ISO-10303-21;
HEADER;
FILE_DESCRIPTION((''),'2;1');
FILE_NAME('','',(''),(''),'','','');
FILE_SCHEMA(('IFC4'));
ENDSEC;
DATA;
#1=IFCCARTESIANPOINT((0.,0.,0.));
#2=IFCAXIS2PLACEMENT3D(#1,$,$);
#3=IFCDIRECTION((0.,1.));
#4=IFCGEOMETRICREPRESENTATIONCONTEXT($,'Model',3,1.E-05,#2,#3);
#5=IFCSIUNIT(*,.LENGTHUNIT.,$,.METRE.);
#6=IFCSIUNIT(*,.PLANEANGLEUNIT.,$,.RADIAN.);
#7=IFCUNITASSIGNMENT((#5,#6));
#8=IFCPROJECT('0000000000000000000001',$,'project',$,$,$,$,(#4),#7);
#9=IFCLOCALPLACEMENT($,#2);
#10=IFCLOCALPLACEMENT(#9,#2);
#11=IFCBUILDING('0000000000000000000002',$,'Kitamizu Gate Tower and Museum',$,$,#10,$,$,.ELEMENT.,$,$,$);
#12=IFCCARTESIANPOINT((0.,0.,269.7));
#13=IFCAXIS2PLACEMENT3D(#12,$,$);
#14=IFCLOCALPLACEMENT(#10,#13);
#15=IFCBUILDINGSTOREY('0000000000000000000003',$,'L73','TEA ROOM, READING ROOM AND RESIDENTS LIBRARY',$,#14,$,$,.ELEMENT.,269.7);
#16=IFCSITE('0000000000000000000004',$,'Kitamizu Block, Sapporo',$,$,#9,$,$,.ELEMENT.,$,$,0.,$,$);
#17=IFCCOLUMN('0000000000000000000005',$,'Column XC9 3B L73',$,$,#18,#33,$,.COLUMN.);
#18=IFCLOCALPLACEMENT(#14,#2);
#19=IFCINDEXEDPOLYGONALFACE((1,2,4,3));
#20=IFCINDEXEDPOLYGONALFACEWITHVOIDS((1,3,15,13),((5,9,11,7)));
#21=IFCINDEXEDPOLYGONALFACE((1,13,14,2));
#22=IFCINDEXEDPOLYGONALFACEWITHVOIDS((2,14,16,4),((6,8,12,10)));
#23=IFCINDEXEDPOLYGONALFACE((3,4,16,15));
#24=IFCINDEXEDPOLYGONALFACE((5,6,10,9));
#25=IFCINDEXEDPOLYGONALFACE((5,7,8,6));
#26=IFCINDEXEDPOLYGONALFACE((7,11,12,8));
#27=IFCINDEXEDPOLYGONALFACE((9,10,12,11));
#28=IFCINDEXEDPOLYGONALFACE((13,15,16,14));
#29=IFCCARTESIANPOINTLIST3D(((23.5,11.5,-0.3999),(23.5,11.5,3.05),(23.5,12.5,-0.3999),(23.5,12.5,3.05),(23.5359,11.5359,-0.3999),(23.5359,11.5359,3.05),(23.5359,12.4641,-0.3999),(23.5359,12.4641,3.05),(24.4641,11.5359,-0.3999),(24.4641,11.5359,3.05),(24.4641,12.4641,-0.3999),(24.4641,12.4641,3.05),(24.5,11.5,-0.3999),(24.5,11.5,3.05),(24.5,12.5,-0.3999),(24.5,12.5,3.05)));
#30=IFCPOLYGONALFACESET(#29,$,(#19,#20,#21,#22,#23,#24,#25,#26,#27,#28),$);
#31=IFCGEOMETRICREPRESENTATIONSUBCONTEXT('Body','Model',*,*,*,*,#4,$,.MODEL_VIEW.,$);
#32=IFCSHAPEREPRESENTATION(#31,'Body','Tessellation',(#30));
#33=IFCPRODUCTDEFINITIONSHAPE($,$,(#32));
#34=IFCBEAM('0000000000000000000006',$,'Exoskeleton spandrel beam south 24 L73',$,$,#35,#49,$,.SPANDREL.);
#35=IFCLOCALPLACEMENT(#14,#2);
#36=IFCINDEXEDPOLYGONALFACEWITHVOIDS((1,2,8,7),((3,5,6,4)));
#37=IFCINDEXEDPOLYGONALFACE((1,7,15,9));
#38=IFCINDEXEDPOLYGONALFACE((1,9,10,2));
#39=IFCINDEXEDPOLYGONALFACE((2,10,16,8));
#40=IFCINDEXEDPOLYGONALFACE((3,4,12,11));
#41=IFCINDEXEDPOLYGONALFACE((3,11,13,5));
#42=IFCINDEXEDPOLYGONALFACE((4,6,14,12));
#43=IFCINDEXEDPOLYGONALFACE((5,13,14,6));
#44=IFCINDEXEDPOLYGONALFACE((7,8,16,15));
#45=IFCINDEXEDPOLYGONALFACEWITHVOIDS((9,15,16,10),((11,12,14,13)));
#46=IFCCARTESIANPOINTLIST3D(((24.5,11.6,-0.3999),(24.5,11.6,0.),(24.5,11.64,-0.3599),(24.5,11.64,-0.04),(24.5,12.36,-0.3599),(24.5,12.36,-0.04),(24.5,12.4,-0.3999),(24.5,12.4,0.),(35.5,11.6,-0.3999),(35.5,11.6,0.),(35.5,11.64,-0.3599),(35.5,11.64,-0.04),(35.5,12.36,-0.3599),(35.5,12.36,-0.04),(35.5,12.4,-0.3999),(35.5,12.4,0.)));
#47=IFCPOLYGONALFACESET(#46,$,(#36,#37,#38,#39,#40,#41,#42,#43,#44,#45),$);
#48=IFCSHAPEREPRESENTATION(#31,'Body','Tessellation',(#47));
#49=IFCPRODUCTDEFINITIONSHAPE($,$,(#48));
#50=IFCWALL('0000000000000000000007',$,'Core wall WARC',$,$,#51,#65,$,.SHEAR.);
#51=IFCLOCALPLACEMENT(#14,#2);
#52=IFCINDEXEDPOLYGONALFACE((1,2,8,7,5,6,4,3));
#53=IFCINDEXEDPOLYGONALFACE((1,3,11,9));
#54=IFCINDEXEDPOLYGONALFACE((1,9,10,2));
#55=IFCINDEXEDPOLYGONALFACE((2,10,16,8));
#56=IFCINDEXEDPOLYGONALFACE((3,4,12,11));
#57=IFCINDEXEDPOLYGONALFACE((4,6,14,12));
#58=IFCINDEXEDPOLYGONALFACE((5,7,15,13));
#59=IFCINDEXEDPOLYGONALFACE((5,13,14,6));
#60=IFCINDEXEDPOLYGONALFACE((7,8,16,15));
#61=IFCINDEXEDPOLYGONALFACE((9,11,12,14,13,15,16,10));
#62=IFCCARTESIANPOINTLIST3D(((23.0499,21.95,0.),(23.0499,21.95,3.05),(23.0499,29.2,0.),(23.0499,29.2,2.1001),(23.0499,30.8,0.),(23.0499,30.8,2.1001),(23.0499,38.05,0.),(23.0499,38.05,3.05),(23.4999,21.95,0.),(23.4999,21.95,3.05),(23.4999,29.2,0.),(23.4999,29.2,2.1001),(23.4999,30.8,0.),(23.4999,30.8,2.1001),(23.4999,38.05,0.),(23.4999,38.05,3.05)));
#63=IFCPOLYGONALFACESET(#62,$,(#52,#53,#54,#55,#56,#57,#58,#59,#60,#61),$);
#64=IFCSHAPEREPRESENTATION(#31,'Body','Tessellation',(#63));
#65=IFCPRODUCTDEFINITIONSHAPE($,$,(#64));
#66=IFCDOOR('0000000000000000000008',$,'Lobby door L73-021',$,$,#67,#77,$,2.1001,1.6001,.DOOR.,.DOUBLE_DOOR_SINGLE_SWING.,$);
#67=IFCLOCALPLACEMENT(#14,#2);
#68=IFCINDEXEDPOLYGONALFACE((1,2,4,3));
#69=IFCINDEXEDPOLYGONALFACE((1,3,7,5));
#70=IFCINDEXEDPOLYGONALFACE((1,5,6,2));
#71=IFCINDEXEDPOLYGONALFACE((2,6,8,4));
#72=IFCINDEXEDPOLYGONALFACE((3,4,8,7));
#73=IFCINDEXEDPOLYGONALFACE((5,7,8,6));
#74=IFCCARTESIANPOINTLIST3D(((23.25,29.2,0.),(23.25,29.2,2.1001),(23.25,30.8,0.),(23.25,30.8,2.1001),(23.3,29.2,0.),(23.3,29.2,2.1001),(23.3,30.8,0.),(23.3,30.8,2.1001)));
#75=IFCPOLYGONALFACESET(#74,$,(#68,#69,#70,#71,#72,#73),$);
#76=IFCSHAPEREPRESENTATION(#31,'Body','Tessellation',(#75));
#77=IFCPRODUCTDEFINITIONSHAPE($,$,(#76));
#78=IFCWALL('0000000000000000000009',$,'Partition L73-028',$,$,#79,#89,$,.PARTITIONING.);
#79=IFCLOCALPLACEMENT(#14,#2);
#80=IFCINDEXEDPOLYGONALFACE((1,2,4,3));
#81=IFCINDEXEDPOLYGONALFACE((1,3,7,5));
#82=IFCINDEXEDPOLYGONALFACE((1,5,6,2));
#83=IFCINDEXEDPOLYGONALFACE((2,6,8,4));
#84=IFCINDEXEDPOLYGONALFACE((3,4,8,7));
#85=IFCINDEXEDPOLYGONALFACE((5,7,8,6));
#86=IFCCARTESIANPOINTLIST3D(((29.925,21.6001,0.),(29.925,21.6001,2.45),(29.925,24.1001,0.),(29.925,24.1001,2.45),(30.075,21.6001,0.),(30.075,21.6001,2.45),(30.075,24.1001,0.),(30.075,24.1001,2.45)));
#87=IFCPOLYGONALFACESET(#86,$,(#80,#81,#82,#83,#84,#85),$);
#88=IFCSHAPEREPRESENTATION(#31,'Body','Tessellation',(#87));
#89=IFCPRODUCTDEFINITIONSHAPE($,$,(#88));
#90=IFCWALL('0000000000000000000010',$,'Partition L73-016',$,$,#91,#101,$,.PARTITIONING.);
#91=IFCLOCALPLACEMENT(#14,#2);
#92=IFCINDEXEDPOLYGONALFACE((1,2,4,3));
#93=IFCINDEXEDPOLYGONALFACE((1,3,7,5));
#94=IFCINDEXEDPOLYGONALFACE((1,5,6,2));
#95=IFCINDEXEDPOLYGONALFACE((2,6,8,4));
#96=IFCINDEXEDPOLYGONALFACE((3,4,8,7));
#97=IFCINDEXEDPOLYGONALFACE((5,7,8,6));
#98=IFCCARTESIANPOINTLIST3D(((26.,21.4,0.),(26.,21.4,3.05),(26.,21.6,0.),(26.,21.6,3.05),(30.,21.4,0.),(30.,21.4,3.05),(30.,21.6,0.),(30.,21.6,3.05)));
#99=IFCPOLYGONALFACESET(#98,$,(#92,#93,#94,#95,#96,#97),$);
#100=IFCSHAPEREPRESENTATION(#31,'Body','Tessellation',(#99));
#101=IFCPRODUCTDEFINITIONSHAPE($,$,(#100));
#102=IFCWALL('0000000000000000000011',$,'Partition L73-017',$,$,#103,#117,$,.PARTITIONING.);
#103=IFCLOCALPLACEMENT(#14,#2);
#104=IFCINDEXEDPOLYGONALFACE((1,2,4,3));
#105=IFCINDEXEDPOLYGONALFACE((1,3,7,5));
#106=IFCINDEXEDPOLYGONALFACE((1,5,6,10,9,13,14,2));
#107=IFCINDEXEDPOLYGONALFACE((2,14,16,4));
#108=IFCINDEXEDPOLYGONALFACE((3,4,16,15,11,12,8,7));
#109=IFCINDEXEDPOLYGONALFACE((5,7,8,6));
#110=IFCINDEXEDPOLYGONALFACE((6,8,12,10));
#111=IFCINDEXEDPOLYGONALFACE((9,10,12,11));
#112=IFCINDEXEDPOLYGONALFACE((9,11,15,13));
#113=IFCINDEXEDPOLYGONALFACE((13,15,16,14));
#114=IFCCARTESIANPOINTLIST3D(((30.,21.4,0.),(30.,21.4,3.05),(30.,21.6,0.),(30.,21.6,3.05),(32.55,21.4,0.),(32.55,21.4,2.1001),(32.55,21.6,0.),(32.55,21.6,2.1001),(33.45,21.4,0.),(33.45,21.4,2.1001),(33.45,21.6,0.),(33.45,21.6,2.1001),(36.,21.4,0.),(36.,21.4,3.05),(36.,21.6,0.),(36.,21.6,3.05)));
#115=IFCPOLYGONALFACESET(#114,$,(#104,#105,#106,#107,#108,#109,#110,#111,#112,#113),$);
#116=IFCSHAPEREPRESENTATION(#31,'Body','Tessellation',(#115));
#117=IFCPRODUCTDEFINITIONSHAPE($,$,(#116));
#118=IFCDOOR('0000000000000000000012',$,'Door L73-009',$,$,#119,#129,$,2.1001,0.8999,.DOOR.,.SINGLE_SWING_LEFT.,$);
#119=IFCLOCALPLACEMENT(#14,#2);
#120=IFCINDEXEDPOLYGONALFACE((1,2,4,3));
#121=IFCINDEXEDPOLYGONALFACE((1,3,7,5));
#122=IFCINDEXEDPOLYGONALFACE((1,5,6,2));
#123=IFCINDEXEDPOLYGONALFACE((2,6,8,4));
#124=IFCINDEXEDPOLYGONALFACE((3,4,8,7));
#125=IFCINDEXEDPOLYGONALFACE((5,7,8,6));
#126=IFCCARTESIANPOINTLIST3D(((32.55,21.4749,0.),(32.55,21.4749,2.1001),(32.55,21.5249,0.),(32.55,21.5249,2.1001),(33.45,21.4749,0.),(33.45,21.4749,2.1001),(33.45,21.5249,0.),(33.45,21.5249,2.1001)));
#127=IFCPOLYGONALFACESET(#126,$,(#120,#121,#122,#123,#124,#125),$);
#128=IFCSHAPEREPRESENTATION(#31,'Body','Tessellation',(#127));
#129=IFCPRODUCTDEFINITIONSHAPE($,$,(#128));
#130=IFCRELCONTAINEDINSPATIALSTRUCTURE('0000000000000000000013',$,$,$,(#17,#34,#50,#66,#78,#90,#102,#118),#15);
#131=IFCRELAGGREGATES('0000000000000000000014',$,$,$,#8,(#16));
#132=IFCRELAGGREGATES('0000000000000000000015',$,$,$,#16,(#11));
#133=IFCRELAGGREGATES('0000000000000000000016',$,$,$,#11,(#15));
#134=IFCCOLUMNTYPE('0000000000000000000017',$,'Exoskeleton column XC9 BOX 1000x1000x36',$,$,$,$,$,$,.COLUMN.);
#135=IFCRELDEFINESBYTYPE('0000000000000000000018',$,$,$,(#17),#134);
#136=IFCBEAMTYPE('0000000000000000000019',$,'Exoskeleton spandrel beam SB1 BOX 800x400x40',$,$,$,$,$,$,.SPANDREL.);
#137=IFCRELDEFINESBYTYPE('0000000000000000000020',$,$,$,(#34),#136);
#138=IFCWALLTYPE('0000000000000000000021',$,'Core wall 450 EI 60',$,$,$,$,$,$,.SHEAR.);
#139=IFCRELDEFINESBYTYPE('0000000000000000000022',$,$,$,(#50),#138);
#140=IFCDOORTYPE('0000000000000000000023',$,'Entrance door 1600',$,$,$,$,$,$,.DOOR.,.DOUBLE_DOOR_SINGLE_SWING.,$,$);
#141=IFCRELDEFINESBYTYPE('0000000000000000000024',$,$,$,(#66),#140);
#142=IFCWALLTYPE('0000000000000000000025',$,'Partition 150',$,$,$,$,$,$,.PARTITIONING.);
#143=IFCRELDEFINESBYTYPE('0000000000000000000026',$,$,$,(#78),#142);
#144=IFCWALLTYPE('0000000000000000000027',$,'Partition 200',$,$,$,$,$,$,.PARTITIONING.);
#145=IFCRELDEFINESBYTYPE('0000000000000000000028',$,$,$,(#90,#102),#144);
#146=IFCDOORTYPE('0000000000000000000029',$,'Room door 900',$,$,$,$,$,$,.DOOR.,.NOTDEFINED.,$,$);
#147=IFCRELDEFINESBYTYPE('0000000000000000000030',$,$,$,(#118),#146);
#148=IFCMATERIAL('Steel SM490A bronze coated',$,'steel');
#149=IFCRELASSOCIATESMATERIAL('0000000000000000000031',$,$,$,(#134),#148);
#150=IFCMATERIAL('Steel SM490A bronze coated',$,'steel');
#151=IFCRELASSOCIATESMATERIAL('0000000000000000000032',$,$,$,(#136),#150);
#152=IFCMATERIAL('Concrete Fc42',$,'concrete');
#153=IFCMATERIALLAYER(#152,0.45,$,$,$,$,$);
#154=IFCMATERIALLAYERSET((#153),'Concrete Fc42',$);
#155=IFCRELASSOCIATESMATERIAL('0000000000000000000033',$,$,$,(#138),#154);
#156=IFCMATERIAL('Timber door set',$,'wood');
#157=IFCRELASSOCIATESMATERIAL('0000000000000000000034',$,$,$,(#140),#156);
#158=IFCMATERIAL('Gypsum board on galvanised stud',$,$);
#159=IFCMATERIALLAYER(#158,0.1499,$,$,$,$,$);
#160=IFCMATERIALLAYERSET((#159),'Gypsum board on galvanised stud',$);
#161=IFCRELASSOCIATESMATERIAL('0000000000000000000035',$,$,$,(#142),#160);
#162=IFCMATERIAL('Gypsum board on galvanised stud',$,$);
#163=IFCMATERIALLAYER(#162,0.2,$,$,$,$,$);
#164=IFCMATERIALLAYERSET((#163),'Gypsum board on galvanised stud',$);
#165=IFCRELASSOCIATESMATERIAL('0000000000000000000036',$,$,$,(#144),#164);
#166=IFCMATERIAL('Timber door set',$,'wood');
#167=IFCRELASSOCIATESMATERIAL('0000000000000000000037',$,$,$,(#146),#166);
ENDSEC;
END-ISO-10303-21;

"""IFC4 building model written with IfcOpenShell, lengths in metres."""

from ifc_helpers import new_model, si_unit, direction, frame, frame_2d, origin, origin_2d, place, context, subcontext, project, spatial, rectangle, hollow_rectangle, extrude, material, layer, layer_set, material_profile, profile_set, type_object, element, fill, save


model = new_model("IFC4")

# Units and contexts
model_context = context("Model", 3, precision=1e-05, world=origin(), true_north=direction((0.0, 1.0)))
body_context = subcontext(model_context, "Body", "Model", "MODEL_VIEW")
ifc_project = project(units=[si_unit("LENGTHUNIT", "METRE"), si_unit("PLANEANGLEUNIT", "RADIAN")], contexts=[model_context])

# Site, building, storey
site_placement = place(None, origin())
site = spatial("IfcSite", under=ifc_project, at=site_placement, Name="Kitamizu Block, Sapporo", CompositionType="ELEMENT", RefElevation=0.0)
building_placement = place(site_placement, origin())
building = spatial("IfcBuilding", under=site, at=building_placement, Name="Kitamizu Gate Tower and Museum", CompositionType="ELEMENT")
storey_placement = place(building_placement, frame((0.0, 0.0, 269.7)))
storey = spatial("IfcBuildingStorey", under=building, at=storey_placement, Name="L73", Description="TEA ROOM, READING ROOM AND RESIDENTS LIBRARY", CompositionType="ELEMENT", Elevation=269.7)

# Column
ifc_material_1 = material(Name="Steel SM490A bronze coated", Category="steel")
ifc_material_profile_1 = material_profile(ifc_material_1, hollow_rectangle(XDim=1.0, YDim=1.0, WallThickness=0.0359, at=origin_2d()), Name="BOX 1000x1000x36")
ifc_profile_set_1 = profile_set([ifc_material_profile_1], Name="Steel SM490A bronze coated")
column_type = type_object("IfcColumnType", Name="Exoskeleton column XC9 BOX 1000x1000x36", PredefinedType="COLUMN", material=ifc_profile_set_1)
column_placement = place(storey_placement, frame((24.0, 12.0, -0.3999), z_axis=(0.0, 0.0, 1.0), x_axis=(1.0, 0.0, 0.0)))
element("IfcColumn", 1, at=column_placement, inside=storey, type_object=column_type, Name="Column XC9 3B L73", PredefinedType="COLUMN", context=body_context, shape_type="SweptSolid", body=[
    extrude(hollow_rectangle(XDim=1.0, YDim=1.0, WallThickness=0.0359, at=origin_2d()), origin(), (0.0, 0.0, 1.0), 3.45),
])

# Beam
ifc_material_2 = material(Name="Steel SM490A bronze coated", Category="steel")
ifc_material_profile_2 = material_profile(ifc_material_2, hollow_rectangle(XDim=0.8, YDim=0.3999, WallThickness=0.04, at=origin_2d()), Name="BOX 800x400x40")
ifc_profile_set_2 = profile_set([ifc_material_profile_2], Name="Steel SM490A bronze coated")
beam_type = type_object("IfcBeamType", Name="Exoskeleton spandrel beam SB1 BOX 800x400x40", PredefinedType="SPANDREL", material=ifc_profile_set_2)
beam_placement = place(storey_placement, frame((24.5, 12.0, -0.2), z_axis=(1.0, 0.0, 0.0), x_axis=(0.0, 1.0, 0.0)))
element("IfcBeam", 2, at=beam_placement, inside=storey, type_object=beam_type, Name="Exoskeleton spandrel beam south 24 L73", PredefinedType="SPANDREL", context=body_context, shape_type="SweptSolid", body=[
    extrude(hollow_rectangle(XDim=0.8, YDim=0.3999, WallThickness=0.04, at=origin_2d()), origin(), (0.0, 0.0, 1.0), 11.0),
])

# Wall, opening, door
ifc_material_3 = material(Name="Concrete Fc42", Category="concrete")
ifc_layer_1 = layer(ifc_material_3, 0.45)
ifc_layer_set_1 = layer_set([ifc_layer_1], Name="Concrete Fc42")
wall_type_1 = type_object("IfcWallType", Name="Core wall 450 EI 60", PredefinedType="SHEAR", material=ifc_layer_set_1)
wall_1_placement = place(storey_placement, frame((23.2749, 21.95, 0.0), z_axis=(0.0, 0.0, 1.0), x_axis=(0.0, 1.0, 0.0)))
wall_1 = element("IfcWall", 3, at=wall_1_placement, inside=storey, type_object=wall_type_1, Name="Core wall WARC", PredefinedType="SHEAR", context=body_context, shape_type="SweptSolid", body=[
    extrude(rectangle(XDim=16.1001, YDim=0.45, at=frame_2d((8.05, 0.0))), origin(), (0.0, 0.0, 1.0), 3.05),
])
opening_1_placement = place(wall_1_placement, frame((7.25, 0.0, 0.0)))
opening_1 = element("IfcOpeningElement", 4, at=opening_1_placement, cuts=wall_1, PredefinedType="OPENING", context=body_context, shape_type="SweptSolid", body=[
    extrude(rectangle(XDim=1.6001, YDim=2.1001, at=frame_2d((0.8, 1.05))), frame((0.0, 0.2349, 0.0), z_axis=(0.0, -1.0, 0.0), x_axis=(1.0, 0.0, 0.0)), (0.0, 0.0, 1.0), 0.47),
])
ifc_material_4 = material(Name="Timber door set", Category="wood")
door_type_1 = type_object("IfcDoorType", Name="Entrance door 1600", OperationType="DOUBLE_DOOR_SINGLE_SWING", PredefinedType="DOOR", material=ifc_material_4)
door_1_placement = place(opening_1_placement, origin())
door_1 = element("IfcDoor", 5, at=door_1_placement, inside=storey, type_object=door_type_1, Name="Lobby door L73-021", OperationType="DOUBLE_DOOR_SINGLE_SWING", OverallHeight=2.1001, OverallWidth=1.6001, PredefinedType="DOOR", context=body_context, shape_type="SweptSolid", body=[
    extrude(rectangle(XDim=1.6001, YDim=2.1001, at=frame_2d((0.8, 1.05))), frame((0.0, 0.0249, 0.0), z_axis=(0.0, -1.0, 0.0), x_axis=(1.0, 0.0, 0.0)), (0.0, 0.0, 1.0), 0.05),
])
fill(opening_1, door_1)

# Walls
ifc_material_5 = material(Name="Gypsum board on galvanised stud")
ifc_layer_2 = layer(ifc_material_5, 0.1499)
ifc_layer_set_2 = layer_set([ifc_layer_2], Name="Gypsum board on galvanised stud")
wall_type_2 = type_object("IfcWallType", Name="Partition 150", PredefinedType="PARTITIONING", material=ifc_layer_set_2)
wall_2_placement = place(storey_placement, frame((30.0, 21.6001, 0.0), z_axis=(0.0, 0.0, 1.0), x_axis=(0.0, 1.0, 0.0)))
element("IfcWall", 6, at=wall_2_placement, inside=storey, type_object=wall_type_2, Name="Partition L73-028", PredefinedType="PARTITIONING", context=body_context, shape_type="SweptSolid", body=[
    extrude(rectangle(XDim=2.5, YDim=0.1499, at=frame_2d((1.25, 0.0))), origin(), (0.0, 0.0, 1.0), 2.45),
])
ifc_material_6 = material(Name="Gypsum board on galvanised stud")
ifc_layer_3 = layer(ifc_material_6, 0.2)
ifc_layer_set_3 = layer_set([ifc_layer_3], Name="Gypsum board on galvanised stud")
wall_type_3 = type_object("IfcWallType", Name="Partition 200", PredefinedType="PARTITIONING", material=ifc_layer_set_3)
wall_3_placement = place(storey_placement, frame((26.0, 21.5, 0.0), z_axis=(0.0, 0.0, 1.0), x_axis=(1.0, 0.0, 0.0)))
element("IfcWall", 7, at=wall_3_placement, inside=storey, type_object=wall_type_3, Name="Partition L73-016", PredefinedType="PARTITIONING", context=body_context, shape_type="SweptSolid", body=[
    extrude(rectangle(XDim=4.0, YDim=0.2, at=frame_2d((2.0, 0.0))), origin(), (0.0, 0.0, 1.0), 3.05),
])

# Wall, opening, door
wall_4_placement = place(storey_placement, frame((30.0, 21.5, 0.0), z_axis=(0.0, 0.0, 1.0), x_axis=(1.0, 0.0, 0.0)))
wall_4 = element("IfcWall", 8, at=wall_4_placement, inside=storey, type_object=wall_type_3, Name="Partition L73-017", PredefinedType="PARTITIONING", context=body_context, shape_type="SweptSolid", body=[
    extrude(rectangle(XDim=6.0, YDim=0.2, at=frame_2d((3.0, 0.0))), origin(), (0.0, 0.0, 1.0), 3.05),
])
opening_2_placement = place(wall_4_placement, frame((2.55, 0.0, 0.0)))
opening_2 = element("IfcOpeningElement", 9, at=opening_2_placement, cuts=wall_4, PredefinedType="OPENING", context=body_context, shape_type="SweptSolid", body=[
    extrude(rectangle(XDim=0.8999, YDim=2.1001, at=frame_2d((0.45, 1.05))), frame((0.0, 0.1099, 0.0), z_axis=(0.0, -1.0, 0.0), x_axis=(1.0, 0.0, 0.0)), (0.0, 0.0, 1.0), 0.22),
])
ifc_material_7 = material(Name="Timber door set", Category="wood")
door_type_2 = type_object("IfcDoorType", Name="Room door 900", OperationType="NOTDEFINED", PredefinedType="DOOR", material=ifc_material_7)
door_2_placement = place(opening_2_placement, origin())
door_2 = element("IfcDoor", 10, at=door_2_placement, inside=storey, type_object=door_type_2, Name="Door L73-009", OperationType="SINGLE_SWING_LEFT", OverallHeight=2.1001, OverallWidth=0.8999, PredefinedType="DOOR", context=body_context, shape_type="SweptSolid", body=[
    extrude(rectangle(XDim=0.8999, YDim=2.1001, at=frame_2d((0.45, 1.05))), frame((0.0, 0.0249, 0.0), z_axis=(0.0, -1.0, 0.0), x_axis=(1.0, 0.0, 0.0)), (0.0, 0.0, 1.0), 0.05),
])
fill(opening_2, door_2)

save(model, "model.ifc")
